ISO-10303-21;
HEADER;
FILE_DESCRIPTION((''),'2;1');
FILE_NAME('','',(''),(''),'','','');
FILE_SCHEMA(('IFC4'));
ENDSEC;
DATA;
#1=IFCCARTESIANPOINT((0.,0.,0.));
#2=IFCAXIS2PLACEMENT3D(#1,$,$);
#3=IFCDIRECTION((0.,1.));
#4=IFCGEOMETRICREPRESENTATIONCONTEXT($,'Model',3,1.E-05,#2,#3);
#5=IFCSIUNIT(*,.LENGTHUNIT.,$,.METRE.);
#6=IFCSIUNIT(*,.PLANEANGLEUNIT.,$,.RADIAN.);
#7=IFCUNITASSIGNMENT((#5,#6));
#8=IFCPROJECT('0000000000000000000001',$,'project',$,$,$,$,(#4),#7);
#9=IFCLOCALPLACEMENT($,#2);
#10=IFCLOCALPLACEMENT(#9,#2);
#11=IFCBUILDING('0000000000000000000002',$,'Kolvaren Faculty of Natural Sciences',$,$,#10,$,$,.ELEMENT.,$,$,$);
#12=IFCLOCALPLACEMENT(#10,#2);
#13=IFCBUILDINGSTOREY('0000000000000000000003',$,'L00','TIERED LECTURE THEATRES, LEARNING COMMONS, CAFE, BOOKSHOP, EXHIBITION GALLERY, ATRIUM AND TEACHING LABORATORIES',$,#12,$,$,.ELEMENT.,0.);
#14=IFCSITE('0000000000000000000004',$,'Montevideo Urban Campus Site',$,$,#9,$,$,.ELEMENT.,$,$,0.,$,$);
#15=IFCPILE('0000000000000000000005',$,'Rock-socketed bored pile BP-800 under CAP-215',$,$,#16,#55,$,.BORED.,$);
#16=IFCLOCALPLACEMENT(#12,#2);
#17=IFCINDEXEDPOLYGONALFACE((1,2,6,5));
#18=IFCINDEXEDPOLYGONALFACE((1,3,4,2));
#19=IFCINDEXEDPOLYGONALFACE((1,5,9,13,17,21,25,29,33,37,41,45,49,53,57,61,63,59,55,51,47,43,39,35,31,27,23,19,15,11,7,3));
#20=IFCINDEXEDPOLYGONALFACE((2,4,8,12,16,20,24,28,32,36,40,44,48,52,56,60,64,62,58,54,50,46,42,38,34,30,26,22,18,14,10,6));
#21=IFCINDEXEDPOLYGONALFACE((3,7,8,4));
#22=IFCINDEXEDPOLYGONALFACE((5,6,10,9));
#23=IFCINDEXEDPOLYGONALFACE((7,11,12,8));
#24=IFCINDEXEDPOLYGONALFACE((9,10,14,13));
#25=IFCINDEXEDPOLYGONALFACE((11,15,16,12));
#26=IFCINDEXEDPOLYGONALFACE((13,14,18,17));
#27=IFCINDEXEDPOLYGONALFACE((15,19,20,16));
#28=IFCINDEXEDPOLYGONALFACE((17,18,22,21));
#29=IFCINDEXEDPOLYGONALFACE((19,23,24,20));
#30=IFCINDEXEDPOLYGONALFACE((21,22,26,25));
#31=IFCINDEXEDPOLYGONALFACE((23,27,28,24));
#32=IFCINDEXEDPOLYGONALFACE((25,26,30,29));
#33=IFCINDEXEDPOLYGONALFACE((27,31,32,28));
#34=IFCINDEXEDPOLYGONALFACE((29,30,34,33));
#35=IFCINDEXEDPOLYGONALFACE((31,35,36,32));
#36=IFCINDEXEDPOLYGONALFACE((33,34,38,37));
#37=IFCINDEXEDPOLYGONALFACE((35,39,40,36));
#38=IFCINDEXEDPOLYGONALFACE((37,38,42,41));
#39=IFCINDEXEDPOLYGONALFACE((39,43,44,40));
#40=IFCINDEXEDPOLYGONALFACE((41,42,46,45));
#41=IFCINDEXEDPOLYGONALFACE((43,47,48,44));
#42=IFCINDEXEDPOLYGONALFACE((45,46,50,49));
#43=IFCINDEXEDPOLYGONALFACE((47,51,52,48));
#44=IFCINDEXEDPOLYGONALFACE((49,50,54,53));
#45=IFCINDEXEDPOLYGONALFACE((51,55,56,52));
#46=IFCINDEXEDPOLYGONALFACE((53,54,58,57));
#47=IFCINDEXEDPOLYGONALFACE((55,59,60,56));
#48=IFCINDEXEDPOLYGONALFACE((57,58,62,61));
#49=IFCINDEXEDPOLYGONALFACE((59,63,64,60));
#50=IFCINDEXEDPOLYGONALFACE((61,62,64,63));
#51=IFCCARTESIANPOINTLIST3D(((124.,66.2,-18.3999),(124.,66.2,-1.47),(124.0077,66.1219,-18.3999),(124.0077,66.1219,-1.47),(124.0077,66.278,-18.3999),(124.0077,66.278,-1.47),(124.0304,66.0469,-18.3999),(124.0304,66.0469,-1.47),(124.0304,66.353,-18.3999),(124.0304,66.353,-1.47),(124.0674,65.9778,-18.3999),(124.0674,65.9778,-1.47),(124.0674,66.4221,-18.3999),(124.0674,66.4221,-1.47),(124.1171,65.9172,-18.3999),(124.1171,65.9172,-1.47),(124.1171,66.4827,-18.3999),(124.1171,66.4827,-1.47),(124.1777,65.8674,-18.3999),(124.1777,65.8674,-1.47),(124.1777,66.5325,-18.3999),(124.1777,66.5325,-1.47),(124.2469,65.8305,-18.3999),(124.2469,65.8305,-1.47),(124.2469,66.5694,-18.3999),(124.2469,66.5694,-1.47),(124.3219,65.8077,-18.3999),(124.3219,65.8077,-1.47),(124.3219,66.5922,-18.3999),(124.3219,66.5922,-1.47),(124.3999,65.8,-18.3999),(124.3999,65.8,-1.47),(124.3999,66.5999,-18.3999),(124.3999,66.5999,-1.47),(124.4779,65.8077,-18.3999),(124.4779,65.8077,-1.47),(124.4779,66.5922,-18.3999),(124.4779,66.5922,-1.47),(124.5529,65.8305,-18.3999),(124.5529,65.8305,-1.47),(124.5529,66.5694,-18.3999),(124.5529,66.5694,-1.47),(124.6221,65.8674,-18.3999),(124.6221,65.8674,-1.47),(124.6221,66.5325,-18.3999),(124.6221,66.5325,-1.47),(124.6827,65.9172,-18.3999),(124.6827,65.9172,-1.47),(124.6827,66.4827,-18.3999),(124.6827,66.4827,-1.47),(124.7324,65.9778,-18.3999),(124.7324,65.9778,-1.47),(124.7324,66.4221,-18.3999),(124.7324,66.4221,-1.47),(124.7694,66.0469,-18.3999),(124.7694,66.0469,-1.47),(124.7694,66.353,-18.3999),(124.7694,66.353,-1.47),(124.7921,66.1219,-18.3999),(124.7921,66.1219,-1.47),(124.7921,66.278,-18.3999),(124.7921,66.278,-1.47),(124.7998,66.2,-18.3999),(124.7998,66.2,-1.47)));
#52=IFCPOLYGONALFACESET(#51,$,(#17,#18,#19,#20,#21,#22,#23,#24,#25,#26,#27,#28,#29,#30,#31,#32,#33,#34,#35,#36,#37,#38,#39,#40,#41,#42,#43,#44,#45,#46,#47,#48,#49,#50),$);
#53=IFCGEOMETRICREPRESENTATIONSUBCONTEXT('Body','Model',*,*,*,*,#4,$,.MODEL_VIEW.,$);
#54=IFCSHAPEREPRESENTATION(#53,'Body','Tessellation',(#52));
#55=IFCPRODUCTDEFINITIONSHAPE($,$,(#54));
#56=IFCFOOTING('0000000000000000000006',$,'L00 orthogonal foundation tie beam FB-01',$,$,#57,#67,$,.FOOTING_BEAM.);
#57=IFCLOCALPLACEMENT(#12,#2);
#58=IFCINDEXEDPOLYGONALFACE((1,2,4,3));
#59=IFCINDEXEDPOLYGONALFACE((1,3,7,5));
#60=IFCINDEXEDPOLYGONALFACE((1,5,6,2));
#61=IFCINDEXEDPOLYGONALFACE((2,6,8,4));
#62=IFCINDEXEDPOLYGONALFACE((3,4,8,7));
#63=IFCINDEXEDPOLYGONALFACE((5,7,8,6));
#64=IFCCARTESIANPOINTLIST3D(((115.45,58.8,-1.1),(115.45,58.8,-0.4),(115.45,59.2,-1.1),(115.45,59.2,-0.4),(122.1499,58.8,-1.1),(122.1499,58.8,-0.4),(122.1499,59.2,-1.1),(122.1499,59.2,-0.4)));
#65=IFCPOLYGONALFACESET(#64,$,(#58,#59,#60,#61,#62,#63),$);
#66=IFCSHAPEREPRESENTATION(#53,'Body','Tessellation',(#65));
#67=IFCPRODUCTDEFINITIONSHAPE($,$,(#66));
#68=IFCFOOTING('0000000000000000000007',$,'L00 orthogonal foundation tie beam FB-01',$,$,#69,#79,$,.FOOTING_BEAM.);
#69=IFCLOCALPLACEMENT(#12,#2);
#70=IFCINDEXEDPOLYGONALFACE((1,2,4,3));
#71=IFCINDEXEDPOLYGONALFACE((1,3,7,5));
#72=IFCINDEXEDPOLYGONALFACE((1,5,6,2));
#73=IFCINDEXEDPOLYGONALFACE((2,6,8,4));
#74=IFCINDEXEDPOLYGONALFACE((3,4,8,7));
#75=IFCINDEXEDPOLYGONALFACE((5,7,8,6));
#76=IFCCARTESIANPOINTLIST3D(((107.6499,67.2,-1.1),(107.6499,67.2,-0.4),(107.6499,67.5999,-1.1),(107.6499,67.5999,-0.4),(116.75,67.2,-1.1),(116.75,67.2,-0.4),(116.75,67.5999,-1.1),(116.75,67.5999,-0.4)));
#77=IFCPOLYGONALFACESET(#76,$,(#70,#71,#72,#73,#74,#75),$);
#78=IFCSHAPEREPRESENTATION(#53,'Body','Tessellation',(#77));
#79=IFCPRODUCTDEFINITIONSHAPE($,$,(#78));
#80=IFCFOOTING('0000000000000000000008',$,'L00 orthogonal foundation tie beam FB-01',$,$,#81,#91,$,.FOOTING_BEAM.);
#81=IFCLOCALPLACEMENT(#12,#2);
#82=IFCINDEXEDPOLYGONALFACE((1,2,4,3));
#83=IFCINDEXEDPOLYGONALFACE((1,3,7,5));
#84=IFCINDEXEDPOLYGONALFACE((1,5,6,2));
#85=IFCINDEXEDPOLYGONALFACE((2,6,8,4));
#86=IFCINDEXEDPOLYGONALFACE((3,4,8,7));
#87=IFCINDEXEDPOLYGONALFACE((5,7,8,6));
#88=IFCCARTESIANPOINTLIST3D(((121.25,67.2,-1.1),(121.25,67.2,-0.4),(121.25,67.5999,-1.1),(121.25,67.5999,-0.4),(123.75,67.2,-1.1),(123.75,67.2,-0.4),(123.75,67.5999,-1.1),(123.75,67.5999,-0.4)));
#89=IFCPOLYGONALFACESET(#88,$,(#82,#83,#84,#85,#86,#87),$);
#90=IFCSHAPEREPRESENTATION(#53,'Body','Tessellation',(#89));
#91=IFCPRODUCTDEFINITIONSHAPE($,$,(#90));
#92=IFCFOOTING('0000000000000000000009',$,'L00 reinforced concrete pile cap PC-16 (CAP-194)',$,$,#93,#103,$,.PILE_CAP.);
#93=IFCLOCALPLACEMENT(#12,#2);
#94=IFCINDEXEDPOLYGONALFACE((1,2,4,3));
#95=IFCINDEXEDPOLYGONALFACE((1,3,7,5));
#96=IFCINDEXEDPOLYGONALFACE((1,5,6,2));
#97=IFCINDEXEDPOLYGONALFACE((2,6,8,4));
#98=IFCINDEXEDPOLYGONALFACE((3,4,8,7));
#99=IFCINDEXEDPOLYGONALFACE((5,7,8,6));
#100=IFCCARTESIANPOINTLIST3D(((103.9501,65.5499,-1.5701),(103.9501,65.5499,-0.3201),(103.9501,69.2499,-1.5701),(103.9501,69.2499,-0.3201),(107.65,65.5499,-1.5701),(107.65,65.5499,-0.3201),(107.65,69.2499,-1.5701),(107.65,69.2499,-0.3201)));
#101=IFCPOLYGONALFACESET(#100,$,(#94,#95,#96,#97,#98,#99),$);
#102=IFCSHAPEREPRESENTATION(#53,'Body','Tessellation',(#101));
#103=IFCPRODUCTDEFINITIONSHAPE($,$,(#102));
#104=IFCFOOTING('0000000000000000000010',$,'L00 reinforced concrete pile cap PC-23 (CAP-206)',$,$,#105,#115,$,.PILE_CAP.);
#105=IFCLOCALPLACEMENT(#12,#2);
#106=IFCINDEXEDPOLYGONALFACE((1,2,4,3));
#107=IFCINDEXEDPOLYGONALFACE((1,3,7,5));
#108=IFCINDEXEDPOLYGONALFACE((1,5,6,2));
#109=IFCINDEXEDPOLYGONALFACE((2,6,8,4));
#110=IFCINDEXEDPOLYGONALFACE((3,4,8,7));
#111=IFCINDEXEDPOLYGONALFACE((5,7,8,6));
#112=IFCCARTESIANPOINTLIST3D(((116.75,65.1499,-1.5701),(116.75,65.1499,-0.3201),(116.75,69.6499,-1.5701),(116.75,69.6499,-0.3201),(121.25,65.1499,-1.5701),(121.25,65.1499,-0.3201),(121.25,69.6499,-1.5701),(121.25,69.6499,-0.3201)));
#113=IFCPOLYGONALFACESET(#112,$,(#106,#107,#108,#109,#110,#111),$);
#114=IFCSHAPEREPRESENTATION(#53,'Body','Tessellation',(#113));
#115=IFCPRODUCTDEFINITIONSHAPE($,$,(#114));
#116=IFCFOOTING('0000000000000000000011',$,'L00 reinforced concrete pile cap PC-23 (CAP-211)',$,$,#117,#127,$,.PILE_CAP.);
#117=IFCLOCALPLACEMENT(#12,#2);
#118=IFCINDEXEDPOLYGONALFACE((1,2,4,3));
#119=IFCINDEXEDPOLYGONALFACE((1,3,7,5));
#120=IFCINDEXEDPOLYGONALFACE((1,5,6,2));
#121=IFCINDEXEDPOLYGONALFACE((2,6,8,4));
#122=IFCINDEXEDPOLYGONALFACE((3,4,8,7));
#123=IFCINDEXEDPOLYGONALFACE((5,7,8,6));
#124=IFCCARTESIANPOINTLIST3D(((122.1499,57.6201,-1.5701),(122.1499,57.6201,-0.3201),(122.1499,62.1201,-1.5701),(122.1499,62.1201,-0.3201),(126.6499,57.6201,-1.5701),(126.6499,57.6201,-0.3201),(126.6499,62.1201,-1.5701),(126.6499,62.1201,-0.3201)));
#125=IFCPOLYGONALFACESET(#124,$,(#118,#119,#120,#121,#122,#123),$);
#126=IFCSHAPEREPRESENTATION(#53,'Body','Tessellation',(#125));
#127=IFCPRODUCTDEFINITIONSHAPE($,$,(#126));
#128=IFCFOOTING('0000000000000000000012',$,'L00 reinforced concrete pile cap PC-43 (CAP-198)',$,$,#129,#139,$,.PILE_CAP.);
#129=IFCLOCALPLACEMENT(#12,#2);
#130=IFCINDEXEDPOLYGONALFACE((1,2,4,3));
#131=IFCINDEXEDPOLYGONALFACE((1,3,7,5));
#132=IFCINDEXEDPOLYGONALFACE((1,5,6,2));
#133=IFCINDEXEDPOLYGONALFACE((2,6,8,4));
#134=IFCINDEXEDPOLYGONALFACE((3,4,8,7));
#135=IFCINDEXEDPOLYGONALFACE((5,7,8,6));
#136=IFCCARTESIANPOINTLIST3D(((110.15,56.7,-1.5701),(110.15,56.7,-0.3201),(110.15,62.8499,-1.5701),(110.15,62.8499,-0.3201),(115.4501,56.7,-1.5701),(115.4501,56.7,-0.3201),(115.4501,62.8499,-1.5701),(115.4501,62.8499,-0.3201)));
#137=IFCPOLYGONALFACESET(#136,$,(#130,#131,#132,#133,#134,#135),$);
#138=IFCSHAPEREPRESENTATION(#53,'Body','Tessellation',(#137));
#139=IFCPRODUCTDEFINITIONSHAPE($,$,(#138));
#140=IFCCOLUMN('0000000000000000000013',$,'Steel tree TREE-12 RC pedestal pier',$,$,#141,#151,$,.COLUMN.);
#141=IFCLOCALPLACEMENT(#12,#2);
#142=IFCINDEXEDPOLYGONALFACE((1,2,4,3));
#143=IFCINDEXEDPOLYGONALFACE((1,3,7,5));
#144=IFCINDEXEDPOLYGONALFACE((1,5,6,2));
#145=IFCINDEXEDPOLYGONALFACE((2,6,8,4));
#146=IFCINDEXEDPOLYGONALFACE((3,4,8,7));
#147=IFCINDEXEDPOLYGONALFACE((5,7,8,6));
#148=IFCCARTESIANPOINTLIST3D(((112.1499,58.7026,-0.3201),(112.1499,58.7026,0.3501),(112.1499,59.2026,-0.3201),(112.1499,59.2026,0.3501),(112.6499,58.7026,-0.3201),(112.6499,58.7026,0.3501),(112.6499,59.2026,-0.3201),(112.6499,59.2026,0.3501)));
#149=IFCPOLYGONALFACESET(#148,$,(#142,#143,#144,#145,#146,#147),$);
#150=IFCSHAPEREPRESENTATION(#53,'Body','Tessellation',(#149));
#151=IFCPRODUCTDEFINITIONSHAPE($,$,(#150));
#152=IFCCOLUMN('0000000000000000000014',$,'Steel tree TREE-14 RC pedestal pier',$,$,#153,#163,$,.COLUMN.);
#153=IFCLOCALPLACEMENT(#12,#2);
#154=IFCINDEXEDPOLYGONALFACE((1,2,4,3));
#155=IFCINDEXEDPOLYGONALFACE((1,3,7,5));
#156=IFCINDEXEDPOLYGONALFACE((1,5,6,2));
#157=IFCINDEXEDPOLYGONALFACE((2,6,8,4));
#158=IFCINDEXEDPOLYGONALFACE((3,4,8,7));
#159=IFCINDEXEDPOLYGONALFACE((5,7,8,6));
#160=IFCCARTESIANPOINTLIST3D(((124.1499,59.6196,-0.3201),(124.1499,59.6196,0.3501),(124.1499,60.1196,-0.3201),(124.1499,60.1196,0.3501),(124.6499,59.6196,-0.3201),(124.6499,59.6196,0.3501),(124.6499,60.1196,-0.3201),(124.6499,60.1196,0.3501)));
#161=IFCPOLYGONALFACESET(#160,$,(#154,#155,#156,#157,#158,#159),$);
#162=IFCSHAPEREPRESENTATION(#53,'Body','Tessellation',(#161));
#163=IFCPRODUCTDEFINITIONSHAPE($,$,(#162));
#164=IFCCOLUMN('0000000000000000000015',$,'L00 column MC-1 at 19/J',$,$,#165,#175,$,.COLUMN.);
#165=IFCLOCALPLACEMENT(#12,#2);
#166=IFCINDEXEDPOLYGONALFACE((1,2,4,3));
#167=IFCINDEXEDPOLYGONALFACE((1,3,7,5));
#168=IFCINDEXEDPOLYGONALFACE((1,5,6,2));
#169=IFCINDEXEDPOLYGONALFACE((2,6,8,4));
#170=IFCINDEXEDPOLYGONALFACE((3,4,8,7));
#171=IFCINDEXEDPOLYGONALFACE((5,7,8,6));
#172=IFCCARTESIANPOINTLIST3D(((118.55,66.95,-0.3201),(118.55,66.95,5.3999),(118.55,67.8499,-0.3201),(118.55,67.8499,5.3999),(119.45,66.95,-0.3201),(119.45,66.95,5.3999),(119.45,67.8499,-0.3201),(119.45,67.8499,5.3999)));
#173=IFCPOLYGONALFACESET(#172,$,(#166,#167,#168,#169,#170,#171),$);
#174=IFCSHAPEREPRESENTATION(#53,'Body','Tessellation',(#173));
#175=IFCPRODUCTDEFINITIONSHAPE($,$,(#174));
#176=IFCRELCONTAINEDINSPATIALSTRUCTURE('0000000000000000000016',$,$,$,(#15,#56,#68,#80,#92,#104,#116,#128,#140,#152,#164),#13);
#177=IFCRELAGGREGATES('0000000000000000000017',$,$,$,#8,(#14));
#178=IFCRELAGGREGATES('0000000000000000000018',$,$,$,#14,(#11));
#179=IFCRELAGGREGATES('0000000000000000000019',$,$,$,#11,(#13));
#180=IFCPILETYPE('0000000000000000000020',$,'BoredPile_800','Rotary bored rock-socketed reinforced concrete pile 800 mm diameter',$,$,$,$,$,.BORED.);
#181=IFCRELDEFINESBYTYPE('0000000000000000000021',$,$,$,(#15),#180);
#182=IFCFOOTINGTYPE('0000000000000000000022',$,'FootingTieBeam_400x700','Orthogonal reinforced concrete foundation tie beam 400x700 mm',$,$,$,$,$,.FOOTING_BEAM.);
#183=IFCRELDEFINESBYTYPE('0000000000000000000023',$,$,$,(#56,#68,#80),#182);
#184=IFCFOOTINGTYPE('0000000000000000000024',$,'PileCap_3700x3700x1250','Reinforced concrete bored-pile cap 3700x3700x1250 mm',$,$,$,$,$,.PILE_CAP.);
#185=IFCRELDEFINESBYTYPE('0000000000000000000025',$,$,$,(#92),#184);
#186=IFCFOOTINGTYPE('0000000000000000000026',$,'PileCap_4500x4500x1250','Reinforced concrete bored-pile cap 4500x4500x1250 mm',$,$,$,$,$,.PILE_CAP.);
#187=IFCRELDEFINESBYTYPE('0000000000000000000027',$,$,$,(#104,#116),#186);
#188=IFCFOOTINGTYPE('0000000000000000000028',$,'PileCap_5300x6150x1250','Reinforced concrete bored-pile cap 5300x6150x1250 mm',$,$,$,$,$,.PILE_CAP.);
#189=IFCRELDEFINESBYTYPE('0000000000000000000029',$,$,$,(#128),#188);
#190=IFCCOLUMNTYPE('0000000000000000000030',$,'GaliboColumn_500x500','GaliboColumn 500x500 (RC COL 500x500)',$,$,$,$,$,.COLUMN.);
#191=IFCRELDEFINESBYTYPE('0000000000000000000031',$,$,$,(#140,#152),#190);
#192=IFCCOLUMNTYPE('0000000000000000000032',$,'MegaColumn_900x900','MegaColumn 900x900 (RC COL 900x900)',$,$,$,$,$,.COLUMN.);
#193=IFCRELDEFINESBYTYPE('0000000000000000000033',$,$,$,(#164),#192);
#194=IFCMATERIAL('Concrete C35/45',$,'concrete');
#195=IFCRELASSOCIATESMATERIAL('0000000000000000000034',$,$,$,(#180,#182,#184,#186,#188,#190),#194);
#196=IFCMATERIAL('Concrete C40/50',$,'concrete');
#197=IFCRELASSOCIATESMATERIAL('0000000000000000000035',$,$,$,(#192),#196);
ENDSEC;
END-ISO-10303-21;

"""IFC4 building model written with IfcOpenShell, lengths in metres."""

from ifc_helpers import new_model, si_unit, direction, frame, origin, origin_2d, place, context, subcontext, project, spatial, rectangle, circle, extrude, material, material_profile, profile_set, type_object, element, save


model = new_model("IFC4")

# Units and contexts
model_context = context("Model", 3, precision=1e-05, world=origin(), true_north=direction((0.0, 1.0)))
body_context = subcontext(model_context, "Body", "Model", "MODEL_VIEW")
ifc_project = project(units=[si_unit("LENGTHUNIT", "METRE"), si_unit("PLANEANGLEUNIT", "RADIAN")], contexts=[model_context])

# Site, building, storey
site_placement = place(None, origin())
site = spatial("IfcSite", under=ifc_project, at=site_placement, Name="Montevideo Urban Campus Site", CompositionType="ELEMENT", RefElevation=0.0)
building_placement = place(site_placement, origin())
building = spatial("IfcBuilding", under=site, at=building_placement, Name="Kolvaren Faculty of Natural Sciences", CompositionType="ELEMENT")
storey_placement = place(building_placement, origin())
storey = spatial("IfcBuildingStorey", under=building, at=storey_placement, Name="L00", Description="TIERED LECTURE THEATRES, LEARNING COMMONS, CAFE, BOOKSHOP, EXHIBITION GALLERY, ATRIUM AND TEACHING LABORATORIES", CompositionType="ELEMENT", Elevation=0.0)

# Pile
ifc_material_1 = material(Name="Concrete C35/45", Category="concrete")
ifc_material_profile_1 = material_profile(ifc_material_1, circle(Radius=0.3999, at=origin_2d()), Name="PILE D800")
ifc_profile_set_1 = profile_set([ifc_material_profile_1], Name="Concrete C35/45")
pile_type_1 = type_object("IfcPileType", Name="BoredPile_800", Description="Rotary bored rock-socketed reinforced concrete pile 800 mm diameter", PredefinedType="BORED", material=ifc_profile_set_1)
for number, where, z_axis, x_axis, name in (
    (1, (124.3999, 66.2, -1.47), (0.0, 0.0, -1.0), (1.0, 0.0, 0.0), "Rock-socketed bored pile BP-800 under CAP-215"),
):
    element("IfcPile", number, at=place(storey_placement, frame(where, z_axis=z_axis, x_axis=x_axis)), inside=storey, type_object=pile_type_1, Name=name, PredefinedType="BORED", context=body_context, shape_type="SweptSolid", body=[
        extrude(circle(Radius=0.3999, at=origin_2d()), origin(), (0.0, 0.0, 1.0), 16.9299),
    ])

# Footings
ifc_material_profile_2 = material_profile(ifc_material_1, rectangle(XDim=0.3999, YDim=0.7, at=origin_2d()), Name="RC FB 400x700")
ifc_profile_set_2 = profile_set([ifc_material_profile_2], Name="Concrete C35/45")
footing_type_1 = type_object("IfcFootingType", Name="FootingTieBeam_400x700", Description="Orthogonal reinforced concrete foundation tie beam 400x700 mm", PredefinedType="FOOTING_BEAM", material=ifc_profile_set_2)
footing_1_placement = place(storey_placement, frame((115.45, 59.0, -0.75), z_axis=(1.0, 0.0, 0.0), x_axis=(0.0, 1.0, 0.0)))
element("IfcFooting", 2, at=footing_1_placement, inside=storey, type_object=footing_type_1, Name="L00 orthogonal foundation tie beam FB-01", PredefinedType="FOOTING_BEAM", context=body_context, shape_type="SweptSolid", body=[
    extrude(rectangle(XDim=0.3999, YDim=0.7, at=origin_2d()), origin(), (0.0, 0.0, 1.0), 6.7),
])
footing_2_placement = place(storey_placement, frame((107.6499, 67.3999, -0.75), z_axis=(1.0, 0.0, 0.0), x_axis=(0.0, 1.0, 0.0)))
element("IfcFooting", 3, at=footing_2_placement, inside=storey, type_object=footing_type_1, Name="L00 orthogonal foundation tie beam FB-01", PredefinedType="FOOTING_BEAM", context=body_context, shape_type="SweptSolid", body=[
    extrude(rectangle(XDim=0.3999, YDim=0.7, at=origin_2d()), origin(), (0.0, 0.0, 1.0), 9.1001),
])
footing_3_placement = place(storey_placement, frame((121.25, 67.3999, -0.75), z_axis=(1.0, 0.0, 0.0), x_axis=(0.0, 1.0, 0.0)))
element("IfcFooting", 4, at=footing_3_placement, inside=storey, type_object=footing_type_1, Name="L00 orthogonal foundation tie beam FB-01", PredefinedType="FOOTING_BEAM", context=body_context, shape_type="SweptSolid", body=[
    extrude(rectangle(XDim=0.3999, YDim=0.7, at=origin_2d()), origin(), (0.0, 0.0, 1.0), 2.5),
])
footing_type_2 = type_object("IfcFootingType", Name="PileCap_3700x3700x1250", Description="Reinforced concrete bored-pile cap 3700x3700x1250 mm", PredefinedType="PILE_CAP", material=ifc_material_1)
footing_4_placement = place(storey_placement, frame((105.8, 67.3999, -1.5701), z_axis=(0.0, 0.0, 1.0), x_axis=(1.0, 0.0, 0.0)))
element("IfcFooting", 5, at=footing_4_placement, inside=storey, type_object=footing_type_2, Name="L00 reinforced concrete pile cap PC-16 (CAP-194)", PredefinedType="PILE_CAP", context=body_context, shape_type="SweptSolid", body=[
    extrude(rectangle(XDim=3.7, YDim=3.7, at=origin_2d()), origin(), (0.0, 0.0, 1.0), 1.25),
])
footing_type_3 = type_object("IfcFootingType", Name="PileCap_4500x4500x1250", Description="Reinforced concrete bored-pile cap 4500x4500x1250 mm", PredefinedType="PILE_CAP", material=ifc_material_1)
for number, where, z_axis, x_axis, name in (
    (6, (119.0, 67.3999, -1.5701), (0.0, 0.0, 1.0), (1.0, 0.0, 0.0), "L00 reinforced concrete pile cap PC-23 (CAP-206)"),
    (7, (124.3999, 59.8701, -1.5701), (0.0, 0.0, 1.0), (1.0, 0.0, 0.0), "L00 reinforced concrete pile cap PC-23 (CAP-211)"),
):
    element("IfcFooting", number, at=place(storey_placement, frame(where, z_axis=z_axis, x_axis=x_axis)), inside=storey, type_object=footing_type_3, Name=name, PredefinedType="PILE_CAP", context=body_context, shape_type="SweptSolid", body=[
        extrude(rectangle(XDim=4.5, YDim=4.5, at=origin_2d()), origin(), (0.0, 0.0, 1.0), 1.25),
    ])
footing_type_4 = type_object("IfcFootingType", Name="PileCap_5300x6150x1250", Description="Reinforced concrete bored-pile cap 5300x6150x1250 mm", PredefinedType="PILE_CAP", material=ifc_material_1)
footing_5_placement = place(storey_placement, frame((112.8, 59.7749, -1.5701), z_axis=(0.0, 0.0, 1.0), x_axis=(1.0, 0.0, 0.0)))
element("IfcFooting", 8, at=footing_5_placement, inside=storey, type_object=footing_type_4, Name="L00 reinforced concrete pile cap PC-43 (CAP-198)", PredefinedType="PILE_CAP", context=body_context, shape_type="SweptSolid", body=[
    extrude(rectangle(XDim=5.3, YDim=6.1499, at=origin_2d()), origin(), (0.0, 0.0, 1.0), 1.25),
])

# Columns
ifc_material_profile_3 = material_profile(ifc_material_1, rectangle(XDim=0.5, YDim=0.5, at=origin_2d()), Name="RC COL 500x500")
ifc_profile_set_3 = profile_set([ifc_material_profile_3], Name="Concrete C35/45")
column_type_1 = type_object("IfcColumnType", Name="GaliboColumn_500x500", Description="GaliboColumn 500x500 (RC COL 500x500)", PredefinedType="COLUMN", material=ifc_profile_set_3)
for number, where, z_axis, x_axis, name in (
    (9, (112.3999, 58.9526, -0.3201), (0.0, 0.0, 1.0), (1.0, 0.0, 0.0), "Steel tree TREE-12 RC pedestal pier"),
    (10, (124.3999, 59.8696, -0.3201), (0.0, 0.0, 1.0), (1.0, 0.0, 0.0), "Steel tree TREE-14 RC pedestal pier"),
):
    element("IfcColumn", number, at=place(storey_placement, frame(where, z_axis=z_axis, x_axis=x_axis)), inside=storey, type_object=column_type_1, Name=name, PredefinedType="COLUMN", context=body_context, shape_type="SweptSolid", body=[
        extrude(rectangle(XDim=0.5, YDim=0.5, at=origin_2d()), origin(), (0.0, 0.0, 1.0), 0.6702),
    ])
ifc_material_2 = material(Name="Concrete C40/50", Category="concrete")
ifc_material_profile_4 = material_profile(ifc_material_2, rectangle(XDim=0.8999, YDim=0.8999, at=origin_2d()), Name="RC COL 900x900")
ifc_profile_set_4 = profile_set([ifc_material_profile_4], Name="Concrete C40/50")
column_type_2 = type_object("IfcColumnType", Name="MegaColumn_900x900", Description="MegaColumn 900x900 (RC COL 900x900)", PredefinedType="COLUMN", material=ifc_profile_set_4)
column_1_placement = place(storey_placement, frame((119.0, 67.3999, -0.3201), z_axis=(0.0, 0.0, 1.0), x_axis=(1.0, 0.0, 0.0)))
element("IfcColumn", 11, at=column_1_placement, inside=storey, type_object=column_type_2, Name="L00 column MC-1 at 19/J", PredefinedType="COLUMN", context=body_context, shape_type="SweptSolid", body=[
    extrude(rectangle(XDim=0.8999, YDim=0.8999, at=origin_2d()), origin(), (0.0, 0.0, 1.0), 5.72),
])

save(model, "model.ifc")
